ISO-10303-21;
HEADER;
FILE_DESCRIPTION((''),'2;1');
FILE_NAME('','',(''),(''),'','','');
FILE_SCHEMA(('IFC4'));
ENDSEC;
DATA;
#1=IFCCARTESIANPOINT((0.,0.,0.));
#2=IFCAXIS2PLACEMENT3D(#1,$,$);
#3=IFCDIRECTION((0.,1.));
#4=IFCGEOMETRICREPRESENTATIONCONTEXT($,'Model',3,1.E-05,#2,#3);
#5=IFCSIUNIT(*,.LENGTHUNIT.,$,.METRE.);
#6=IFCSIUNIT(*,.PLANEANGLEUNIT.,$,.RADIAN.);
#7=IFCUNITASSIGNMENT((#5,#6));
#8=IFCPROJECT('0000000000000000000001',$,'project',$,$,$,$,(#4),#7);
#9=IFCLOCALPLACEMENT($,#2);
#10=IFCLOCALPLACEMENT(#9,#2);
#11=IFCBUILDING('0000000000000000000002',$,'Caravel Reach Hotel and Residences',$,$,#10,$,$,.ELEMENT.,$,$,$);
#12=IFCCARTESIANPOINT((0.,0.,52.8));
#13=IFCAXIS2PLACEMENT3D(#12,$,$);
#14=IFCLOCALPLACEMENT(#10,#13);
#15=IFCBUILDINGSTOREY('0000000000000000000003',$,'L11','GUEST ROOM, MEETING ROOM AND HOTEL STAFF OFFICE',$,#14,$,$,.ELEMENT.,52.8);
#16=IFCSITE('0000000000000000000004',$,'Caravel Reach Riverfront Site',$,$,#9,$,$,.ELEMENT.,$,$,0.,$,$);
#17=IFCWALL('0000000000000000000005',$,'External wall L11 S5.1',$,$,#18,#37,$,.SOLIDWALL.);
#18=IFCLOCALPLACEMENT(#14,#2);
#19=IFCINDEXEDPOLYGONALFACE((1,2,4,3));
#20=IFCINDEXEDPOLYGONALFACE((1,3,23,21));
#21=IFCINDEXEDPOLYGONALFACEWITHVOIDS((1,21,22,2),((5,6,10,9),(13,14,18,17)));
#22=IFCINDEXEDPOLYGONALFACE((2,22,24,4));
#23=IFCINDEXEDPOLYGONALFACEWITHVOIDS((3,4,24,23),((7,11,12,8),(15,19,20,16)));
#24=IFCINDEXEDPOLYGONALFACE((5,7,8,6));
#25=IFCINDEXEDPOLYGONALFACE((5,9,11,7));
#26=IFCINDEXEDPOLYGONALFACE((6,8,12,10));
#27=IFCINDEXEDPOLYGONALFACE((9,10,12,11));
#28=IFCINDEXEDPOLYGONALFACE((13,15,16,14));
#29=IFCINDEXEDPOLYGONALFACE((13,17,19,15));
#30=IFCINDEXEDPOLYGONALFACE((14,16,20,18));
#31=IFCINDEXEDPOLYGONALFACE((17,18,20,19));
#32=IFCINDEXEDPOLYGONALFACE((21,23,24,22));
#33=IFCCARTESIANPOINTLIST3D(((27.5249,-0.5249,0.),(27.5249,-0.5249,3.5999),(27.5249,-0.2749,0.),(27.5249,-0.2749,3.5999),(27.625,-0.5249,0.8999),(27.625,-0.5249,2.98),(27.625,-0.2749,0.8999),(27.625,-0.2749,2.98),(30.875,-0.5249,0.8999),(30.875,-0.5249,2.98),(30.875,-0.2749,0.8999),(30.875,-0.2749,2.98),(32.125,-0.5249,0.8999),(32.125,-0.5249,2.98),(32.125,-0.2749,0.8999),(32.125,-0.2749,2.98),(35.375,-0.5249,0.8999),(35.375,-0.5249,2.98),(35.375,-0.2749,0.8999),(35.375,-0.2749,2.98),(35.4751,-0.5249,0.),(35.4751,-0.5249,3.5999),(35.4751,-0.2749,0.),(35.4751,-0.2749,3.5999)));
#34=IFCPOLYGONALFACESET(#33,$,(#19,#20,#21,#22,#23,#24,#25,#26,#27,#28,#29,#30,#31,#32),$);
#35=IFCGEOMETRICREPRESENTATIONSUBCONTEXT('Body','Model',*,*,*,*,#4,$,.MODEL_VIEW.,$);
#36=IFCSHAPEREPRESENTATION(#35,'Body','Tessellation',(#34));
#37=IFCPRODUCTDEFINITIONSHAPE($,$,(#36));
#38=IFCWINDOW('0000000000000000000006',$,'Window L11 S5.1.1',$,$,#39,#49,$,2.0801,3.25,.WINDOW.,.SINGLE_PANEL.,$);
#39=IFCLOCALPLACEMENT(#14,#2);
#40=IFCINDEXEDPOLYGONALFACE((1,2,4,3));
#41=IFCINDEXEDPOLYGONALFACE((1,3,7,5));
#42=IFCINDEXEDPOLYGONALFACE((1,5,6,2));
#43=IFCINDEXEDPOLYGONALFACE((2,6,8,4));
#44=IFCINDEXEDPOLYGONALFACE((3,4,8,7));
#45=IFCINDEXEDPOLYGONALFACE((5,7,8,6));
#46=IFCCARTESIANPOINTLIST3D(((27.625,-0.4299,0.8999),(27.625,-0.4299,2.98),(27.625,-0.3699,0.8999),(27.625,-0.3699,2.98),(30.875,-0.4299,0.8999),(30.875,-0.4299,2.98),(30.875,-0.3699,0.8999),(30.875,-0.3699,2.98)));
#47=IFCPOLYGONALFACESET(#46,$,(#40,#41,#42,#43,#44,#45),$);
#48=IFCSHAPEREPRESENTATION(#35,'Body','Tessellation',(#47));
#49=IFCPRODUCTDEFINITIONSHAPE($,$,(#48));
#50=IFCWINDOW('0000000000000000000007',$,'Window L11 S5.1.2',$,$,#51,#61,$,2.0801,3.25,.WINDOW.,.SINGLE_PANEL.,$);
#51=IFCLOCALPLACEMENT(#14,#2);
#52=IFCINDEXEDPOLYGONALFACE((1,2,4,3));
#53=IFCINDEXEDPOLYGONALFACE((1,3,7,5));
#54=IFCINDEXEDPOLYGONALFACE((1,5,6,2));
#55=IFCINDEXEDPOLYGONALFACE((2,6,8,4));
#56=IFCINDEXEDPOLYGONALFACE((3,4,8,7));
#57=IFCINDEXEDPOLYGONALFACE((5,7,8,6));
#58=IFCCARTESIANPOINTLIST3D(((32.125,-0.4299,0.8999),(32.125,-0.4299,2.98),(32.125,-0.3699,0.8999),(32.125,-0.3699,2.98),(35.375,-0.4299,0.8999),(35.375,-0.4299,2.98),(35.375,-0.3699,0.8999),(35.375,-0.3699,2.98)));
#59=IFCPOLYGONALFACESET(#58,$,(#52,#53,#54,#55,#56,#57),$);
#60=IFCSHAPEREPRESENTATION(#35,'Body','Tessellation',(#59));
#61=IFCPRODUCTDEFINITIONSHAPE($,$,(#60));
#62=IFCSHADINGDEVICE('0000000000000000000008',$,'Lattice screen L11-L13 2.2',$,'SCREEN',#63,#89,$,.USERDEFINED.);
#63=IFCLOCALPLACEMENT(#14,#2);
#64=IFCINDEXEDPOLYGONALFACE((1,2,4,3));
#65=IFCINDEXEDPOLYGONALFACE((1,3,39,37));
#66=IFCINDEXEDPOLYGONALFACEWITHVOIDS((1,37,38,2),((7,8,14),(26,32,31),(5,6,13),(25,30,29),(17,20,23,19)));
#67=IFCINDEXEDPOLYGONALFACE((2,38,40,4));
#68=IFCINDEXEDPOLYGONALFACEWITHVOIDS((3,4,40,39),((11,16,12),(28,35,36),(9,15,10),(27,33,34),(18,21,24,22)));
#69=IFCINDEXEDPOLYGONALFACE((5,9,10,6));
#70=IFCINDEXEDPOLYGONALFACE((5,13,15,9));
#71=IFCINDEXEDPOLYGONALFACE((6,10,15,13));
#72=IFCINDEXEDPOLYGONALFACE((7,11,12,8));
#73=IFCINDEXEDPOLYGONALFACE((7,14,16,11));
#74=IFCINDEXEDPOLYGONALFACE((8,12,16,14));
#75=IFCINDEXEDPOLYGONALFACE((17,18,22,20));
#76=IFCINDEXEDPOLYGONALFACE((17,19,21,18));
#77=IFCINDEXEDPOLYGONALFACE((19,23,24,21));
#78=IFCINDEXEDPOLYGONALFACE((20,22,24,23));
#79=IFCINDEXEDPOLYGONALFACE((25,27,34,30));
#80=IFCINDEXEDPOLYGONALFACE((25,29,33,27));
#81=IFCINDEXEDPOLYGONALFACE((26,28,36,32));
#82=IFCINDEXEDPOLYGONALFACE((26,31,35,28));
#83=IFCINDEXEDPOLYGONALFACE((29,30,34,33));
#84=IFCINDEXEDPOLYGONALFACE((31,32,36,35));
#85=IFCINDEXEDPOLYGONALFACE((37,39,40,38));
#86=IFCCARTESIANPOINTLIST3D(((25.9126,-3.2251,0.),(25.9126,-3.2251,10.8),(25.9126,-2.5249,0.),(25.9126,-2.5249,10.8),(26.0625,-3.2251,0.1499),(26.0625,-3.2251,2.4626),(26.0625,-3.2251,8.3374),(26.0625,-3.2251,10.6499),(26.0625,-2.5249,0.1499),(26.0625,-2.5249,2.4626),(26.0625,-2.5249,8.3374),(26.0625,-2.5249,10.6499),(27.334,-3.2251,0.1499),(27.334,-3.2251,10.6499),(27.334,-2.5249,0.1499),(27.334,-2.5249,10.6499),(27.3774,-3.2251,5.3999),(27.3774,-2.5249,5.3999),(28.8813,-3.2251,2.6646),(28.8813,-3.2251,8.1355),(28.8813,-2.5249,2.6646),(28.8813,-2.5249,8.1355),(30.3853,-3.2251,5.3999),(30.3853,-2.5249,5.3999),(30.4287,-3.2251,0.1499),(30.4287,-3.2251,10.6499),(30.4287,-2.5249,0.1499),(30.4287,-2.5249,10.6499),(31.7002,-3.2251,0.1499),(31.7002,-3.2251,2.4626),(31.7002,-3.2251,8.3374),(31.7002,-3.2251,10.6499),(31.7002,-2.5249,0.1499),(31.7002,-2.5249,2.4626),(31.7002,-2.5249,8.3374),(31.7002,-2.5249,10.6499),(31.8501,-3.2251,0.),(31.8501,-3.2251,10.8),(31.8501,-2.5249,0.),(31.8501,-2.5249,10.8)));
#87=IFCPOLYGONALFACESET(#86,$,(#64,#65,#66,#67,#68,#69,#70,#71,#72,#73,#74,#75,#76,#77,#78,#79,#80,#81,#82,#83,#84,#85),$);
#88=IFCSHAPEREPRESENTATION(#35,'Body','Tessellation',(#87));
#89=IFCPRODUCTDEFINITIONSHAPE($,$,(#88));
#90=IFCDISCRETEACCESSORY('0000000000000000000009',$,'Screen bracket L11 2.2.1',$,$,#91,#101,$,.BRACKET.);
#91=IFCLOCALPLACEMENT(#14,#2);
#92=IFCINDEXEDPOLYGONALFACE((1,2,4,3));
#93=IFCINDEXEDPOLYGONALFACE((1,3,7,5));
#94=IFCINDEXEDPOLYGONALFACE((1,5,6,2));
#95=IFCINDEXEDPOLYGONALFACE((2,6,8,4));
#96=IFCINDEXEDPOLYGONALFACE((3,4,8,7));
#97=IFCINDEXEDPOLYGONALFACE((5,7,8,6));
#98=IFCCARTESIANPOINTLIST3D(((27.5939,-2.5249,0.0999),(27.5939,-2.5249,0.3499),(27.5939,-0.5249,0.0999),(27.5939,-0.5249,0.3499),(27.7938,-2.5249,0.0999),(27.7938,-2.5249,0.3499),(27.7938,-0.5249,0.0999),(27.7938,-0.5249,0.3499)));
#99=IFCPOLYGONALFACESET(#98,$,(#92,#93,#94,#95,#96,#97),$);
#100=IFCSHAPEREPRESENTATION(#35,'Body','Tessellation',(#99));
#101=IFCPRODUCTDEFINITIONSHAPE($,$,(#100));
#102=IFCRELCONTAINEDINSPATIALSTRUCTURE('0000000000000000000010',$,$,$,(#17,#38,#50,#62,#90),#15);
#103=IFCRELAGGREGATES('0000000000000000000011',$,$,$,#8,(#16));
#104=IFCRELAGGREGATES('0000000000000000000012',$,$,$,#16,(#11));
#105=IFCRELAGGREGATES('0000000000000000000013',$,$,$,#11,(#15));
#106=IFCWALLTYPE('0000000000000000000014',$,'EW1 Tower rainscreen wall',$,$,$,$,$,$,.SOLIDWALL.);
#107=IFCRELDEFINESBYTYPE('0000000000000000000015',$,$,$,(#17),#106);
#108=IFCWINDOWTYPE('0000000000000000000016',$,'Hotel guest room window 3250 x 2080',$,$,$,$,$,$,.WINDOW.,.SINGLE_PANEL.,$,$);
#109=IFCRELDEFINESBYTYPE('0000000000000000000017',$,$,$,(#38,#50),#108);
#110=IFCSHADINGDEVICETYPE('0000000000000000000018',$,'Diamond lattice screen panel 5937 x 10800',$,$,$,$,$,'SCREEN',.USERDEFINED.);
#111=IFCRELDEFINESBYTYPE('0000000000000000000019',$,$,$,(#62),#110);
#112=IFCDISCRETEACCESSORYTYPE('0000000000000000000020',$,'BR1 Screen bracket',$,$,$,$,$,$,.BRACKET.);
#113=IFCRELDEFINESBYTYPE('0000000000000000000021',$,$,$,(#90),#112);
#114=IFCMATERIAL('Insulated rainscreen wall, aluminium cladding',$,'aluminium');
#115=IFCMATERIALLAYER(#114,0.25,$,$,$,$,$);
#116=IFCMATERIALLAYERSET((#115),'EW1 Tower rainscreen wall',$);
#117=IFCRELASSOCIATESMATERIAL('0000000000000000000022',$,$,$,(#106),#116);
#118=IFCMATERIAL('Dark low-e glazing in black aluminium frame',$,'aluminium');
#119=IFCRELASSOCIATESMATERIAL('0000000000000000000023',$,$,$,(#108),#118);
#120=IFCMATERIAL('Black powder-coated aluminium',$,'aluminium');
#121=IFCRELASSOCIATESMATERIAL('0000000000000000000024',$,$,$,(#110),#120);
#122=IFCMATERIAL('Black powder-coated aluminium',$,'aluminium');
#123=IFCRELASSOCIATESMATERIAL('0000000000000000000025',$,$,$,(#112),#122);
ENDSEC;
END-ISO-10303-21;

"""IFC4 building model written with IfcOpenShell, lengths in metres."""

from ifc_helpers import new_model, si_unit, direction, frame, frame_2d, origin, origin_2d, place, context, subcontext, project, spatial, polyline, rectangle, outline, extrude, material, layer, layer_set, type_object, element, fill, save


model = new_model("IFC4")

# Units and contexts
model_context = context("Model", 3, precision=1e-05, world=origin(), true_north=direction((0.0, 1.0)))
body_context = subcontext(model_context, "Body", "Model", "MODEL_VIEW")
ifc_project = project(units=[si_unit("LENGTHUNIT", "METRE"), si_unit("PLANEANGLEUNIT", "RADIAN")], contexts=[model_context])

# Site, building, storey
site_placement = place(None, origin())
site = spatial("IfcSite", under=ifc_project, at=site_placement, Name="Caravel Reach Riverfront Site", CompositionType="ELEMENT", RefElevation=0.0)
building_placement = place(site_placement, origin())
building = spatial("IfcBuilding", under=site, at=building_placement, Name="Caravel Reach Hotel and Residences", CompositionType="ELEMENT")
storey_placement = place(building_placement, frame((0.0, 0.0, 52.8)))
storey = spatial("IfcBuildingStorey", under=building, at=storey_placement, Name="L11", Description="GUEST ROOM, MEETING ROOM AND HOTEL STAFF OFFICE", CompositionType="ELEMENT", Elevation=52.8)

# Shared definitions
ifc_material_1 = material(Name="Insulated rainscreen wall, aluminium cladding", Category="aluminium")
ifc_layer_1 = layer(ifc_material_1, 0.25)
ifc_layer_set_1 = layer_set([ifc_layer_1], Name="EW1 Tower rainscreen wall")
wall_type_1 = type_object("IfcWallType", Name="EW1 Tower rainscreen wall", PredefinedType="SOLIDWALL", material=ifc_layer_set_1)

# Wall, openings, windows
wall_1_placement = place(storey_placement, frame((27.5249, -0.3999, 0.0), z_axis=(0.0, 0.0, 1.0), x_axis=(1.0, 0.0, 0.0)))
wall_1 = element("IfcWall", 1, at=wall_1_placement, inside=storey, type_object=wall_type_1, Name="External wall L11 S5.1", PredefinedType="SOLIDWALL", context=body_context, shape_type="SweptSolid", body=[
    extrude(rectangle(XDim=7.9502, YDim=0.25, at=frame_2d((3.9751, 0.0))), origin(), (0.0, 0.0, 1.0), 3.5999),
])
opening_1_placement = place(wall_1_placement, frame((0.1001, 0.0, 0.8999)))
opening_1 = element("IfcOpeningElement", 2, at=opening_1_placement, cuts=wall_1, PredefinedType="OPENING", context=body_context, shape_type="SweptSolid", body=[
    extrude(rectangle(XDim=3.25, YDim=2.0801, at=frame_2d((1.625, 1.04))), frame((0.0, 0.135, 0.0), z_axis=(0.0, -1.0, 0.0), x_axis=(1.0, 0.0, 0.0)), (0.0, 0.0, 1.0), 0.27),
])
opening_2_placement = place(wall_1_placement, frame((4.6001, 0.0, 0.8999)))
opening_2 = element("IfcOpeningElement", 3, at=opening_2_placement, cuts=wall_1, PredefinedType="OPENING", context=body_context, shape_type="SweptSolid", body=[
    extrude(rectangle(XDim=3.25, YDim=2.0801, at=frame_2d((1.625, 1.04))), frame((0.0, 0.135, 0.0), z_axis=(0.0, -1.0, 0.0), x_axis=(1.0, 0.0, 0.0)), (0.0, 0.0, 1.0), 0.27),
])
ifc_material_2 = material(Name="Dark low-e glazing in black aluminium frame", Category="aluminium")
window_type_1 = type_object("IfcWindowType", Name="Hotel guest room window 3250 x 2080", PartitioningType="SINGLE_PANEL", PredefinedType="WINDOW", material=ifc_material_2)
window_1_placement = place(opening_1_placement, origin())
window_1 = element("IfcWindow", 4, at=window_1_placement, inside=storey, type_object=window_type_1, Name="Window L11 S5.1.1", OverallHeight=2.0801, OverallWidth=3.25, PartitioningType="SINGLE_PANEL", PredefinedType="WINDOW", context=body_context, shape_type="SweptSolid", body=[
    extrude(rectangle(XDim=3.25, YDim=2.0801, at=frame_2d((1.625, 1.04))), frame((0.0, 0.03, 0.0), z_axis=(0.0, -1.0, 0.0), x_axis=(1.0, 0.0, 0.0)), (0.0, 0.0, 1.0), 0.0601),
])
fill(opening_1, window_1)
window_2_placement = place(opening_2_placement, origin())
window_2 = element("IfcWindow", 5, at=window_2_placement, inside=storey, type_object=window_type_1, Name="Window L11 S5.1.2", OverallHeight=2.0801, OverallWidth=3.25, PartitioningType="SINGLE_PANEL", PredefinedType="WINDOW", context=body_context, shape_type="SweptSolid", body=[
    extrude(rectangle(XDim=3.25, YDim=2.0801, at=frame_2d((1.625, 1.04))), frame((0.0, 0.03, 0.0), z_axis=(0.0, -1.0, 0.0), x_axis=(1.0, 0.0, 0.0)), (0.0, 0.0, 1.0), 0.0601),
])
fill(opening_2, window_2)

# Shading device
ifc_material_3 = material(Name="Black powder-coated aluminium", Category="aluminium")
shading_device_type = type_object("IfcShadingDeviceType", Name="Diamond lattice screen panel 5937 x 10800", ElementType="SCREEN", PredefinedType="USERDEFINED", material=ifc_material_3)
shading_device_placement = place(storey_placement, frame((25.9126, -2.5249, 0.0), z_axis=(0.0, -1.0, 0.0), x_axis=(1.0, 0.0, 0.0)))
element("IfcShadingDevice", 6, at=shading_device_placement, inside=storey, type_object=shading_device_type, Name="Lattice screen L11-L13 2.2", ObjectType="SCREEN", PredefinedType="USERDEFINED", context=body_context, shape_type="SweptSolid", body=[
    extrude(outline(polyline([(0.0, 0.0), (5.9375, 0.0), (5.9375, 10.8), (0.0, 10.8), (0.0, 0.0)]), holes=[polyline([(1.4214, 0.1499), (0.1499, 2.4626), (0.1499, 0.1499), (1.4214, 0.1499)]), polyline([(0.1499, 8.3374), (1.4214, 10.6499), (0.1499, 10.6499), (0.1499, 8.3374)]), polyline([(2.9688, 8.1355), (1.4648, 5.3999), (2.9688, 2.6646), (4.4727, 5.3999), (2.9688, 8.1355)]), polyline([(5.7876, 2.4626), (4.5161, 0.1499), (5.7876, 0.1499), (5.7876, 2.4626)]), polyline([(4.5161, 10.6499), (5.7876, 8.3374), (5.7876, 10.6499), (4.5161, 10.6499)])]), origin(), (0.0, 0.0, 1.0), 0.7002),
])

# Discrete accessory
ifc_material_4 = material(Name="Black powder-coated aluminium", Category="aluminium")
discrete_accessory_type = type_object("IfcDiscreteAccessoryType", Name="BR1 Screen bracket", PredefinedType="BRACKET", material=ifc_material_4)
discrete_accessory_placement = place(storey_placement, frame((27.6938, -1.5249, 0.0999), z_axis=(0.0, 0.0, 1.0), x_axis=(0.0, -1.0, 0.0)))
element("IfcDiscreteAccessory", 7, at=discrete_accessory_placement, inside=storey, type_object=discrete_accessory_type, Name="Screen bracket L11 2.2.1", PredefinedType="BRACKET", context=body_context, shape_type="SweptSolid", body=[
    extrude(rectangle(XDim=2.0, YDim=0.2, at=origin_2d()), origin(), (0.0, 0.0, 1.0), 0.25),
])

save(model, "model.ifc")
